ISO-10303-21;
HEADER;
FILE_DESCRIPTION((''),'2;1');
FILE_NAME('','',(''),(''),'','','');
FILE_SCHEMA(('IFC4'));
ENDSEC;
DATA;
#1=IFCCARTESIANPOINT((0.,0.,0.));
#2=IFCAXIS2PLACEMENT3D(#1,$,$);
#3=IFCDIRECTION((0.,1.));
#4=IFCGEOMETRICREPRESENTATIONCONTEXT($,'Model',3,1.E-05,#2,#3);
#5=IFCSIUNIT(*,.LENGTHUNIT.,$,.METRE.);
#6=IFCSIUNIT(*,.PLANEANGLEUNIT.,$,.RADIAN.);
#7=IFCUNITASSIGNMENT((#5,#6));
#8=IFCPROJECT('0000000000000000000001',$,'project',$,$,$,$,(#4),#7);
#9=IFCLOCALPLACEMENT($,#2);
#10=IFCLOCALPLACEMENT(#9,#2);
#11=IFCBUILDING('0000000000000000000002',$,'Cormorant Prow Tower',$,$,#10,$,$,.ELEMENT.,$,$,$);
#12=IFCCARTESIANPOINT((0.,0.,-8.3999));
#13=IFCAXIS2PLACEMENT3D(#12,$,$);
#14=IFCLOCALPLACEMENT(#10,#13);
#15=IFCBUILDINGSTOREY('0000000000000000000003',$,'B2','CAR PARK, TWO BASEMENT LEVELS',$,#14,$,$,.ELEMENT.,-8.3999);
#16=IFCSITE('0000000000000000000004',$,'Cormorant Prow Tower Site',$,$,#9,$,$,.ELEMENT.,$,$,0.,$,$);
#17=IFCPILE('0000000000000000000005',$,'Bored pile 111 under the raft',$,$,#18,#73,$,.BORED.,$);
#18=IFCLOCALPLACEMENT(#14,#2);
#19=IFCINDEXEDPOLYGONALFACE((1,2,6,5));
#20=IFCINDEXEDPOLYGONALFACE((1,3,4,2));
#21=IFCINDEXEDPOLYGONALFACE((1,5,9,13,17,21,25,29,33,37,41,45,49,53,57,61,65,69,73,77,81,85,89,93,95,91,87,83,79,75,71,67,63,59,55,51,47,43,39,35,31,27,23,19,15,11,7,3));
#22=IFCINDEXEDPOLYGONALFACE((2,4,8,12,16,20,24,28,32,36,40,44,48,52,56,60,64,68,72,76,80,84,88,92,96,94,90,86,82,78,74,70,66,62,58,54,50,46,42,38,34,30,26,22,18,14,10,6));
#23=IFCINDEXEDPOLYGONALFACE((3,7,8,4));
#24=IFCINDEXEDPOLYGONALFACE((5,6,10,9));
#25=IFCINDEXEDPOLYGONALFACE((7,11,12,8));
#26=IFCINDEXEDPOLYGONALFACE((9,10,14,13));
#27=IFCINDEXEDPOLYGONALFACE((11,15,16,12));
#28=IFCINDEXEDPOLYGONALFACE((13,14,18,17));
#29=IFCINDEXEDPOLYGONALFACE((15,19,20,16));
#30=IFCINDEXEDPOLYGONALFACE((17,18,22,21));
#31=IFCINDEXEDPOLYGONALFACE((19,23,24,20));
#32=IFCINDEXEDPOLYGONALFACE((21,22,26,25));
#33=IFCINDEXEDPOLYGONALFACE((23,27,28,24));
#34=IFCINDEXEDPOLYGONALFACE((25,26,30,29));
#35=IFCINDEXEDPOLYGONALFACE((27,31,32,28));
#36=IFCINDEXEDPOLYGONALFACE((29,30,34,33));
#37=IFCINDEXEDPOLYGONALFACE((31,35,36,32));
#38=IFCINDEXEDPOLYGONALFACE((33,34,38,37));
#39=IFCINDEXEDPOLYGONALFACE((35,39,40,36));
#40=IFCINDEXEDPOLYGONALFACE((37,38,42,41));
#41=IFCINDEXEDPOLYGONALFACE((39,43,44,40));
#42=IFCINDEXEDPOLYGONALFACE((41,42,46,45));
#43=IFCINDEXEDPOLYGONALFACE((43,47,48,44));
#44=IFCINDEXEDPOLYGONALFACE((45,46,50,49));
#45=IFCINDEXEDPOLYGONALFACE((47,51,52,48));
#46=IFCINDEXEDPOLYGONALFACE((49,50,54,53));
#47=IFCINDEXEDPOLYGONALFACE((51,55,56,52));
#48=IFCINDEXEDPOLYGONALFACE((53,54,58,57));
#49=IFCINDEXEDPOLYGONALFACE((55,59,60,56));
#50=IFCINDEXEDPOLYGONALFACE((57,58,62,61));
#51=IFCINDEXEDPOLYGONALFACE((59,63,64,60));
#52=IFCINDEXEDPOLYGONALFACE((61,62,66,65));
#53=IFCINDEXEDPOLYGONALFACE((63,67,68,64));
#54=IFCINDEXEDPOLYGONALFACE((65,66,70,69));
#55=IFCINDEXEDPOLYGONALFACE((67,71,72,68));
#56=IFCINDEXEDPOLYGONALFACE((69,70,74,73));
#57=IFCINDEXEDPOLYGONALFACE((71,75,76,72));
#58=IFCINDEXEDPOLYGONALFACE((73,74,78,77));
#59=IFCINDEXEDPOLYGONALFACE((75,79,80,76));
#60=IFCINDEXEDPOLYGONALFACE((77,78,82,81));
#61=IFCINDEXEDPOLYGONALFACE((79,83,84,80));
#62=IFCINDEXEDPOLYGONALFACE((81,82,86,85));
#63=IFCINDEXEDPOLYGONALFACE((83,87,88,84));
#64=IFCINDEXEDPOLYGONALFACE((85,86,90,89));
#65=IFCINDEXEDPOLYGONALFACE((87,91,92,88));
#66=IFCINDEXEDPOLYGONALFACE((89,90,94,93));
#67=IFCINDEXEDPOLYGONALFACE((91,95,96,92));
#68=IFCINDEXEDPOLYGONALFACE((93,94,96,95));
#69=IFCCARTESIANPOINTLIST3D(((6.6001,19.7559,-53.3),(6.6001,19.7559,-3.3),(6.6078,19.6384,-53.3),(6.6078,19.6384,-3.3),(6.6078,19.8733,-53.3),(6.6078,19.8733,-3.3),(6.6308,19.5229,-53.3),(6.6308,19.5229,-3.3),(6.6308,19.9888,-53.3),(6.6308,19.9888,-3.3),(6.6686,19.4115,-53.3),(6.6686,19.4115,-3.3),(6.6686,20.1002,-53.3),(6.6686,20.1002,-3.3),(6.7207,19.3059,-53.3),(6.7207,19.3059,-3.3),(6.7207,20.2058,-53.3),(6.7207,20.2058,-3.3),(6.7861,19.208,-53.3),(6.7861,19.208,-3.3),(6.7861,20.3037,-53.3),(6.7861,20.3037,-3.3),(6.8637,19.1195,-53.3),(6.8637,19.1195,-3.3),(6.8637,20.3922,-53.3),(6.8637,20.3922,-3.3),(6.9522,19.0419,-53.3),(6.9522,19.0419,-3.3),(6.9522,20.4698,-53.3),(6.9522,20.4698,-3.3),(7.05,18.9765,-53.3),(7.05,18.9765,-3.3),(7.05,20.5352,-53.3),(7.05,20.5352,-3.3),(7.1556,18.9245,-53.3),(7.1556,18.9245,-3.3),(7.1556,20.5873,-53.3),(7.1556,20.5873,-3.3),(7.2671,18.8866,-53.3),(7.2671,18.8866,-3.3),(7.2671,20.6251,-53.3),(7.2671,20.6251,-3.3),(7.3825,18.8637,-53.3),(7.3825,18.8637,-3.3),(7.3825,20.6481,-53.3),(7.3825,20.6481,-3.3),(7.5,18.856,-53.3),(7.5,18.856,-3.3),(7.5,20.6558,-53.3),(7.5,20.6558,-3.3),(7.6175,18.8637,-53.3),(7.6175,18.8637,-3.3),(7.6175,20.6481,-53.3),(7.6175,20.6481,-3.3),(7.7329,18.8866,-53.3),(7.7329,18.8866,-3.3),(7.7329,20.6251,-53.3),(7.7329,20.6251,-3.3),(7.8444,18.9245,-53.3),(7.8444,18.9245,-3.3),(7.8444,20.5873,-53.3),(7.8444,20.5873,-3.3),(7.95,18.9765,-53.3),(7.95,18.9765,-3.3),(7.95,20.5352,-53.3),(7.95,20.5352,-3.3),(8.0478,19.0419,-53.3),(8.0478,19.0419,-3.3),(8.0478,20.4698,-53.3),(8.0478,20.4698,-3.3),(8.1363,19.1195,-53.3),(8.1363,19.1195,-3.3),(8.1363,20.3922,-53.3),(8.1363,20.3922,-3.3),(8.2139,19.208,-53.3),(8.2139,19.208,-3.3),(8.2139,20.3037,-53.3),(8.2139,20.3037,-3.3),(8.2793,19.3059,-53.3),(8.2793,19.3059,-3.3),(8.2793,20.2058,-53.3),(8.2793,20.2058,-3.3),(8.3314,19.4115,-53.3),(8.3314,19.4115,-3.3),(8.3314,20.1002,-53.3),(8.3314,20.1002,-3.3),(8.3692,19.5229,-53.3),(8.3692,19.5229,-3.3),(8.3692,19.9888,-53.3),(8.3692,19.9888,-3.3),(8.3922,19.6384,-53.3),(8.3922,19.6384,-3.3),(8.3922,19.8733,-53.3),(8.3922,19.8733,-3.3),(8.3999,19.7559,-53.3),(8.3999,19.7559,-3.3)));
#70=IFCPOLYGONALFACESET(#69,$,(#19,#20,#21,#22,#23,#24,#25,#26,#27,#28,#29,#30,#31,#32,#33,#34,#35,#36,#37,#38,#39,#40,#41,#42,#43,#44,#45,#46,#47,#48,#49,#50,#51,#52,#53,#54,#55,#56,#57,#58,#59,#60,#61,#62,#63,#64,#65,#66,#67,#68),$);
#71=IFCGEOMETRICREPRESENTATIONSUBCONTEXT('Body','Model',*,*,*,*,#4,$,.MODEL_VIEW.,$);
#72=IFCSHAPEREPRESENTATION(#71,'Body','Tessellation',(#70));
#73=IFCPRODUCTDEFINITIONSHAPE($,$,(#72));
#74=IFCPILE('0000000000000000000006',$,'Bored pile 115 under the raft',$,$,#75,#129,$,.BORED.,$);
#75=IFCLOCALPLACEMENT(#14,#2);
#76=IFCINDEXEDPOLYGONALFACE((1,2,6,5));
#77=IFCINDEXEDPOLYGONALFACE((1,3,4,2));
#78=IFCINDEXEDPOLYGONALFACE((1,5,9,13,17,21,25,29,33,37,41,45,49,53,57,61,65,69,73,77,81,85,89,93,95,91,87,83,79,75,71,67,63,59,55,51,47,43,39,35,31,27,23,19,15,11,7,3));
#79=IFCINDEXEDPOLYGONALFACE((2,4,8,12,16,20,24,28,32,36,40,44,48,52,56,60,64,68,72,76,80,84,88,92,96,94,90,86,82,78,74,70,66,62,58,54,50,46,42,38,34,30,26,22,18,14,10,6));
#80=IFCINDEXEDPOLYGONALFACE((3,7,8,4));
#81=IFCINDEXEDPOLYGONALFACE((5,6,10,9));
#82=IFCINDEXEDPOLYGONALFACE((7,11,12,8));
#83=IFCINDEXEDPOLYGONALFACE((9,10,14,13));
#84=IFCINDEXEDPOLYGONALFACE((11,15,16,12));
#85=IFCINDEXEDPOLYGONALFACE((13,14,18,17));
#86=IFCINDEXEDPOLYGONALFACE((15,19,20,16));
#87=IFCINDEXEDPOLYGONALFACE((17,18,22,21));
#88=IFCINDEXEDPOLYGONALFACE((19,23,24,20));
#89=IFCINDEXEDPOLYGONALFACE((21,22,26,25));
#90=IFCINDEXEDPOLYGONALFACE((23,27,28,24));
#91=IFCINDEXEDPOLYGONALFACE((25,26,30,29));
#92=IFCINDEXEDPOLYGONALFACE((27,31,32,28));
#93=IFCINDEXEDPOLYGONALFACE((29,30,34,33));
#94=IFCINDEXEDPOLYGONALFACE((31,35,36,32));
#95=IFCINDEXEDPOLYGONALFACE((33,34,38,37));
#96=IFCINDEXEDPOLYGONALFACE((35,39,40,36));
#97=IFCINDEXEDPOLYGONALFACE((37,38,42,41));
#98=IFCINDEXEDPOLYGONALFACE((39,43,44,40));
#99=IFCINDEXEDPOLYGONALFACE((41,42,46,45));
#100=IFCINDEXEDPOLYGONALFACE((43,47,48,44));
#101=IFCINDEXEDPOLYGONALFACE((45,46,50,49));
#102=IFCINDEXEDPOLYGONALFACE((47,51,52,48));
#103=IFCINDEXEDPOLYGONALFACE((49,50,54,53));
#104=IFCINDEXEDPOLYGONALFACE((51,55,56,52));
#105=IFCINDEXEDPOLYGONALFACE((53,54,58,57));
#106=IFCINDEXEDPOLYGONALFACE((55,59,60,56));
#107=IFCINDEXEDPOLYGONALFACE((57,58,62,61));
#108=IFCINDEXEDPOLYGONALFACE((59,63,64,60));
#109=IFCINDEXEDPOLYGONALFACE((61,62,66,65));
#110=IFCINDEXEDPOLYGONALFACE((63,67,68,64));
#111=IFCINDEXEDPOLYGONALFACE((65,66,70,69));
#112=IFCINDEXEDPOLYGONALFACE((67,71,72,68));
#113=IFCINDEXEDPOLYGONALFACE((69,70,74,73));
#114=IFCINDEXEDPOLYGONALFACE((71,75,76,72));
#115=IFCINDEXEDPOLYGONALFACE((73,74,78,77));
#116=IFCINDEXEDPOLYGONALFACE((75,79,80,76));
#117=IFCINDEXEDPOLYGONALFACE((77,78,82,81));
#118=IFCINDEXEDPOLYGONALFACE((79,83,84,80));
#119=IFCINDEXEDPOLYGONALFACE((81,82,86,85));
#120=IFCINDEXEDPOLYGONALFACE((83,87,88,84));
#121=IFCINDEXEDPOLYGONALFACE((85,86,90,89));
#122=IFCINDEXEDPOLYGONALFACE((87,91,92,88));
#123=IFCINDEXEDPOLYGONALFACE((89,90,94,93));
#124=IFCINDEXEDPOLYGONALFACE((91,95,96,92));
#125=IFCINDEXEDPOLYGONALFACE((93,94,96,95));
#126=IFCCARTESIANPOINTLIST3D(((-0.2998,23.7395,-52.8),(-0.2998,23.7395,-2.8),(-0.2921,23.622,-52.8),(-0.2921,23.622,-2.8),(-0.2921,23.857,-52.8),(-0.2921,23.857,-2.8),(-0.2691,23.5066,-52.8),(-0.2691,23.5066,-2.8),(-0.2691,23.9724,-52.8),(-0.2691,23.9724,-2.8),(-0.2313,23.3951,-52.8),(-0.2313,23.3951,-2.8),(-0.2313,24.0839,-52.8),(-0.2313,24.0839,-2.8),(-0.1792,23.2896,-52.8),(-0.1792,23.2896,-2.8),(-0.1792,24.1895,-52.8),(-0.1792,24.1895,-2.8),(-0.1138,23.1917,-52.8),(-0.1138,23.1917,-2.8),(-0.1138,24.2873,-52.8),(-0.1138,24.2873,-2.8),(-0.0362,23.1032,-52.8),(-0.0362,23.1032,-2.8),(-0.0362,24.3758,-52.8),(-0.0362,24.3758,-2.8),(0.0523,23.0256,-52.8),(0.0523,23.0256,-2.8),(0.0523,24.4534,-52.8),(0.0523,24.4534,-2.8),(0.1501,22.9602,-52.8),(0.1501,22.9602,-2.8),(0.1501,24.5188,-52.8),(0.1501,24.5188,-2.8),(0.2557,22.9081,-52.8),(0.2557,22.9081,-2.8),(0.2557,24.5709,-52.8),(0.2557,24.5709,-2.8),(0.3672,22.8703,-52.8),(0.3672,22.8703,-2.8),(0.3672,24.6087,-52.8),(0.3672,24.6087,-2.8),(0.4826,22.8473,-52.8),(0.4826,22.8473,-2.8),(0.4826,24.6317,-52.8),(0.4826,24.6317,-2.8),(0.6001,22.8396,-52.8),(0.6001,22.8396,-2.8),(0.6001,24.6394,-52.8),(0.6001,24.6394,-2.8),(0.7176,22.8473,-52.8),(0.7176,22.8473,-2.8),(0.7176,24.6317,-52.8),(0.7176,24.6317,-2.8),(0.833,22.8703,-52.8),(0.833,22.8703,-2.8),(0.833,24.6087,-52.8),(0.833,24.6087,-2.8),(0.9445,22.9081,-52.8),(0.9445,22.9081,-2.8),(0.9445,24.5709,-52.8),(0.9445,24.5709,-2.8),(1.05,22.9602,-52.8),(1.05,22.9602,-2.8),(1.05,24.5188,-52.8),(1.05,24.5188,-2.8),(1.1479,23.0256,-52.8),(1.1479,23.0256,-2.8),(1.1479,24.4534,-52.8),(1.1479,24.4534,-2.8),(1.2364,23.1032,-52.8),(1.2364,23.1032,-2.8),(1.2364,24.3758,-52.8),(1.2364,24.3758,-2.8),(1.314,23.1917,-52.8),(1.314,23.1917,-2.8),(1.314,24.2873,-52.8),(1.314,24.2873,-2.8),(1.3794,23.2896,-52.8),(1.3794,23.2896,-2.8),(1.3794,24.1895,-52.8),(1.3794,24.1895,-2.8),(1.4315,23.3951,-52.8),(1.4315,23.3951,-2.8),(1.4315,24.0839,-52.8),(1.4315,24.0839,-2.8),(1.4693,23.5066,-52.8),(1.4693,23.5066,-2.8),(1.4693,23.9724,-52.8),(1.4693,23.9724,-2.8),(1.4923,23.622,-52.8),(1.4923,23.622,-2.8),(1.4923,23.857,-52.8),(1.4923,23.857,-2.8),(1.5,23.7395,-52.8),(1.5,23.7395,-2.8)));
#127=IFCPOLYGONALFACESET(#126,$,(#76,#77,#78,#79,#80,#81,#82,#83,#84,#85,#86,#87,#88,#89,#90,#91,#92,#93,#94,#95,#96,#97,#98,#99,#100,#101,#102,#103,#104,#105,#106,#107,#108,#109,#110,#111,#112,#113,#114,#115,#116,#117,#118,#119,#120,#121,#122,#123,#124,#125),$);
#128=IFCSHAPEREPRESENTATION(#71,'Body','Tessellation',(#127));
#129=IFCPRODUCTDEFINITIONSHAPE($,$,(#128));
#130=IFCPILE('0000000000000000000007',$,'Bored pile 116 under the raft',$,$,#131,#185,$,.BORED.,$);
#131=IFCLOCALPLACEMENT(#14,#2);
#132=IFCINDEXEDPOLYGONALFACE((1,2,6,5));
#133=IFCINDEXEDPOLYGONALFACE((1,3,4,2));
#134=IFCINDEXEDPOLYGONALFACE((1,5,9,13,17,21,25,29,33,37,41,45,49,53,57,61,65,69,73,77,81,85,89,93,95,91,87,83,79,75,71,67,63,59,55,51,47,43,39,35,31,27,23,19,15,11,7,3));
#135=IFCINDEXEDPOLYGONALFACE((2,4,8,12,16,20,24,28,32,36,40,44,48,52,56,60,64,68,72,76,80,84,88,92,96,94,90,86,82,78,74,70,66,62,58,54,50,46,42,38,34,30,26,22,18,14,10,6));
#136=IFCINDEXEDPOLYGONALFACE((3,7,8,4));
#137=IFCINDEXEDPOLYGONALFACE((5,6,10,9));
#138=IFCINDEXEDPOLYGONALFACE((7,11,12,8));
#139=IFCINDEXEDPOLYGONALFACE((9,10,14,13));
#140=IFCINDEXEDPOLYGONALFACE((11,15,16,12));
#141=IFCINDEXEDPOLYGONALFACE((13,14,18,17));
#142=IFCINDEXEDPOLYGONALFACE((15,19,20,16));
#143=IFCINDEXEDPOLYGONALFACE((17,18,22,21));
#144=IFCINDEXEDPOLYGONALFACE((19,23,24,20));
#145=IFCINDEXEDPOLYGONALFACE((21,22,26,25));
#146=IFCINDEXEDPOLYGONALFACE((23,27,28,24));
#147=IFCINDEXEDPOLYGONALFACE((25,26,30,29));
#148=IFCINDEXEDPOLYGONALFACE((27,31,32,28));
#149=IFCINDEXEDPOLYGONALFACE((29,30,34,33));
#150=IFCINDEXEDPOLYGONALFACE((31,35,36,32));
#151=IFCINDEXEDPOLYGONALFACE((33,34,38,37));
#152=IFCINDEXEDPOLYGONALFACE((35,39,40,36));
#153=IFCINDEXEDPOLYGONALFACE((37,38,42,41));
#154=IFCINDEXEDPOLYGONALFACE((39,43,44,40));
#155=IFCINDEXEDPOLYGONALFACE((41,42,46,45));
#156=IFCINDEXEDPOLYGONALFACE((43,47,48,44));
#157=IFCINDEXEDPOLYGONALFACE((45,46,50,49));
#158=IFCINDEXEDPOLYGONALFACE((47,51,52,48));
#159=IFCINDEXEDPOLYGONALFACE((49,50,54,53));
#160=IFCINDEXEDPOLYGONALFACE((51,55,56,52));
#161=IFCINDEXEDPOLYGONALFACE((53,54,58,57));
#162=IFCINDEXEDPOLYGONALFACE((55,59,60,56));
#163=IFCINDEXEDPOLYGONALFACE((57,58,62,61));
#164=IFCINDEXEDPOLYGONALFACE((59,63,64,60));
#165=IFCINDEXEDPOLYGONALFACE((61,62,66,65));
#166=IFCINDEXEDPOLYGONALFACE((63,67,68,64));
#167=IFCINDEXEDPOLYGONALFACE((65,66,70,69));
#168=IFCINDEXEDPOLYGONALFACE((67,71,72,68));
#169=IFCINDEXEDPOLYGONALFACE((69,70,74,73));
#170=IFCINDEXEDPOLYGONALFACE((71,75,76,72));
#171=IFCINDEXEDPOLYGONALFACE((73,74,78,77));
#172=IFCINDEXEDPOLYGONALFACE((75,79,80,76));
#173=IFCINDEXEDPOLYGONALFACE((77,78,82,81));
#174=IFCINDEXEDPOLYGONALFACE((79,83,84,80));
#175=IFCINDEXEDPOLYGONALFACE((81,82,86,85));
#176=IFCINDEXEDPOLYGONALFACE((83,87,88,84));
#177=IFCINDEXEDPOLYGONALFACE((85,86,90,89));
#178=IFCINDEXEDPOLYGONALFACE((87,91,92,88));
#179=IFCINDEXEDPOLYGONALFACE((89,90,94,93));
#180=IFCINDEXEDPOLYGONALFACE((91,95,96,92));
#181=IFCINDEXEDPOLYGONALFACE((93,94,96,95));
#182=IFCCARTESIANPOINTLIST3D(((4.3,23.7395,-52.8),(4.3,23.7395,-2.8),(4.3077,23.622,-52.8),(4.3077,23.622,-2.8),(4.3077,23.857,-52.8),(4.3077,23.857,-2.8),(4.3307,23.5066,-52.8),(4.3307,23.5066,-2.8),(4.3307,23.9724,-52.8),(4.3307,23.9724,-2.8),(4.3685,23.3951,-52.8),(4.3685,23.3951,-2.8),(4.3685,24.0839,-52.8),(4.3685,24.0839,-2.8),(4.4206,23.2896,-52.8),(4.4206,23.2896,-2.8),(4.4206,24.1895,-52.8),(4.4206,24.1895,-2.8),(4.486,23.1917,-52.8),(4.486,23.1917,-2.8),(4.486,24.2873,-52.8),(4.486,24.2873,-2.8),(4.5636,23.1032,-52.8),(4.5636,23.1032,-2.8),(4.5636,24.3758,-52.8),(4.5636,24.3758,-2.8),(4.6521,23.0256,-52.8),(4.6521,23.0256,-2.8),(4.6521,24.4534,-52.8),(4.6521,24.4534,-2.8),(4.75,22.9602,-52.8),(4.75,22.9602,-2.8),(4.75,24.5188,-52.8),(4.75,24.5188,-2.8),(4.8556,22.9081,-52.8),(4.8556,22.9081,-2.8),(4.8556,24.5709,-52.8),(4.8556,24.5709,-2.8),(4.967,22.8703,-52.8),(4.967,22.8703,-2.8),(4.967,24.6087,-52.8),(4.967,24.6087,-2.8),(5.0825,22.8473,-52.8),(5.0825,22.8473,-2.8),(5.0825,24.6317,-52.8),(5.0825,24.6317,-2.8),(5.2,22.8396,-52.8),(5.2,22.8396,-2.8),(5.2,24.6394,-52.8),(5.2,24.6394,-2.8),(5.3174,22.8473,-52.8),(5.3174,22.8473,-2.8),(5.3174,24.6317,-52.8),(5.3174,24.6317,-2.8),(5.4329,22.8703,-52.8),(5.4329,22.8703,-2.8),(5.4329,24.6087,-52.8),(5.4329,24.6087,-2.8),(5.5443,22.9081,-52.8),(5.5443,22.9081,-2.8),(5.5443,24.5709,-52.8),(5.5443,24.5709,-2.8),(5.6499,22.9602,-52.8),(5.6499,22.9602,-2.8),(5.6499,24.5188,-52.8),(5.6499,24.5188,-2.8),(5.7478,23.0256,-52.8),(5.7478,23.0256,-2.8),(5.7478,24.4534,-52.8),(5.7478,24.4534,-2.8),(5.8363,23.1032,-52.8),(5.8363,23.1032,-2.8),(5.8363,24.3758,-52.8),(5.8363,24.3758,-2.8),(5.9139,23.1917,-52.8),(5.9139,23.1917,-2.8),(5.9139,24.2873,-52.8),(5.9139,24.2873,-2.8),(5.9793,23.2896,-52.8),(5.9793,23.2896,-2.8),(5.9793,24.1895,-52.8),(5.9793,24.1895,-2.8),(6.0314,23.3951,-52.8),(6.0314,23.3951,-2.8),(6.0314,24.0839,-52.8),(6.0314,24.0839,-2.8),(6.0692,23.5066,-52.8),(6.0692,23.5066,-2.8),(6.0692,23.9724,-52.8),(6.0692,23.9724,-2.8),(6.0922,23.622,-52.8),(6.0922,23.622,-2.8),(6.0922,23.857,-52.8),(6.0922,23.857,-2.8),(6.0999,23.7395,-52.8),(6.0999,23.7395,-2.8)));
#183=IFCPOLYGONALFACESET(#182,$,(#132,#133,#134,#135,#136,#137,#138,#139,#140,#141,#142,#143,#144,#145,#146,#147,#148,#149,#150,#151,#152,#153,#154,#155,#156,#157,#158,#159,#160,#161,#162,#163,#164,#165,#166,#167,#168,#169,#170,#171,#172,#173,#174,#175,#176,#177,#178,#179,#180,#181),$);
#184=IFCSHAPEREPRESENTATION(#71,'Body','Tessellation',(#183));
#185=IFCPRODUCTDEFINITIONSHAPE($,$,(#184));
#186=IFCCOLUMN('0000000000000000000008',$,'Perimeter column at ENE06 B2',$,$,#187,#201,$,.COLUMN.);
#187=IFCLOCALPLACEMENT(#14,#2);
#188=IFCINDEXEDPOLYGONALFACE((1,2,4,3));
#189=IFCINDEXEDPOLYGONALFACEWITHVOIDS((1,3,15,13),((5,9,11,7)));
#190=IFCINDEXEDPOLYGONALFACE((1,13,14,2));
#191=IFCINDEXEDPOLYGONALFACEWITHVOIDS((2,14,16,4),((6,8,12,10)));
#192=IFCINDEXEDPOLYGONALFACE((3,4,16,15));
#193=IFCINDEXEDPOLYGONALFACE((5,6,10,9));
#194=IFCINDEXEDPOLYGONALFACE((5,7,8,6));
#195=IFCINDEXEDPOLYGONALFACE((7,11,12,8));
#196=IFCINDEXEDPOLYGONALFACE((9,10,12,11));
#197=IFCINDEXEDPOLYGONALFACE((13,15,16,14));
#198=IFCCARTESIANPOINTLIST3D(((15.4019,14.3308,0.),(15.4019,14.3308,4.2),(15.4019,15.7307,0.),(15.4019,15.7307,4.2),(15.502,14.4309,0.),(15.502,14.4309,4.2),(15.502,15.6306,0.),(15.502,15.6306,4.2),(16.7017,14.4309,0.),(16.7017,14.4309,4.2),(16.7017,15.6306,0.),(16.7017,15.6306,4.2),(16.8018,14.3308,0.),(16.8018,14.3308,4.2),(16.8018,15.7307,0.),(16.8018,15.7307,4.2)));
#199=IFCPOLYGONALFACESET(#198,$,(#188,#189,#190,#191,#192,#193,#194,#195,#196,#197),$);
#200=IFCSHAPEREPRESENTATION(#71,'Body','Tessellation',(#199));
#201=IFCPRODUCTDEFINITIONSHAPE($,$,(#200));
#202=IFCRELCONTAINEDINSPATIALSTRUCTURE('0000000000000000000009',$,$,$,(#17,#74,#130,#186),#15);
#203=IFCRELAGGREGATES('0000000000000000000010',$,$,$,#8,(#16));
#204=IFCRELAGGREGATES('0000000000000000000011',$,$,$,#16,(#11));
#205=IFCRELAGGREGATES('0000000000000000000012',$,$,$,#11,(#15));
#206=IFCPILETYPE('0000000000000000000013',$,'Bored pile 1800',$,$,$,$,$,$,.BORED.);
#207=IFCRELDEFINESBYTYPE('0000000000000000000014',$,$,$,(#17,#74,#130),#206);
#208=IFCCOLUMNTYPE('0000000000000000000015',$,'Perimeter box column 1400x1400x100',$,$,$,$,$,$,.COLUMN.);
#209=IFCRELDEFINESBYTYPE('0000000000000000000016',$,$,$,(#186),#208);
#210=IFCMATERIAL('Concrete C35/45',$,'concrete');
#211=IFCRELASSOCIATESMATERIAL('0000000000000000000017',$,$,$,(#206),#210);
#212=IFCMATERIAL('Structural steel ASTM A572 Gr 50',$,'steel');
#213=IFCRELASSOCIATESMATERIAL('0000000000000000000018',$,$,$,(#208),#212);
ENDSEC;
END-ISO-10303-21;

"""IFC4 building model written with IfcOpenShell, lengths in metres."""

from ifc_helpers import new_model, si_unit, direction, frame, origin, origin_2d, place, context, subcontext, project, spatial, hollow_rectangle, circle, extrude, material, material_profile, profile_set, type_object, element, save


model = new_model("IFC4")

# Units and contexts
model_context = context("Model", 3, precision=1e-05, world=origin(), true_north=direction((0.0, 1.0)))
body_context = subcontext(model_context, "Body", "Model", "MODEL_VIEW")
ifc_project = project(units=[si_unit("LENGTHUNIT", "METRE"), si_unit("PLANEANGLEUNIT", "RADIAN")], contexts=[model_context])

# Site, building, storey
site_placement = place(None, origin())
site = spatial("IfcSite", under=ifc_project, at=site_placement, Name="Cormorant Prow Tower Site", CompositionType="ELEMENT", RefElevation=0.0)
building_placement = place(site_placement, origin())
building = spatial("IfcBuilding", under=site, at=building_placement, Name="Cormorant Prow Tower", CompositionType="ELEMENT")
storey_placement = place(building_placement, frame((0.0, 0.0, -8.3999)))
storey = spatial("IfcBuildingStorey", under=building, at=storey_placement, Name="B2", Description="CAR PARK, TWO BASEMENT LEVELS", CompositionType="ELEMENT", Elevation=-8.3999)

# Piles
ifc_material_1 = material(Name="Concrete C35/45", Category="concrete")
ifc_material_profile_1 = material_profile(ifc_material_1, circle(Radius=0.8999, at=origin_2d()), Name="Round 1800")
ifc_profile_set_1 = profile_set([ifc_material_profile_1], Name="Concrete C35/45")
pile_type_1 = type_object("IfcPileType", Name="Bored pile 1800", PredefinedType="BORED", material=ifc_profile_set_1)
for number, where, z_axis, x_axis, name in (
    (1, (7.5, 19.7559, -3.3), (0.0, 0.0, -1.0), (1.0, 0.0, 0.0), "Bored pile 111 under the raft"),
    (2, (0.6001, 23.7395, -2.8), (0.0, 0.0, -1.0), (1.0, 0.0, 0.0), "Bored pile 115 under the raft"),
    (3, (5.2, 23.7395, -2.8), (0.0, 0.0, -1.0), (1.0, 0.0, 0.0), "Bored pile 116 under the raft"),
):
    element("IfcPile", number, at=place(storey_placement, frame(where, z_axis=z_axis, x_axis=x_axis)), inside=storey, type_object=pile_type_1, Name=name, PredefinedType="BORED", context=body_context, shape_type="SweptSolid", body=[
        extrude(circle(Radius=0.8999, at=origin_2d()), origin(), (0.0, 0.0, 1.0), 50.0),
    ])

# Column
ifc_material_2 = material(Name="Structural steel ASTM A572 Gr 50", Category="steel")
ifc_material_profile_2 = material_profile(ifc_material_2, hollow_rectangle(XDim=1.3999, YDim=1.3999, WallThickness=0.1001, at=origin_2d()), Name="Box 1400x1400x100")
ifc_profile_set_2 = profile_set([ifc_material_profile_2], Name="Structural steel ASTM A572 Gr 50")
column_type_1 = type_object("IfcColumnType", Name="Perimeter box column 1400x1400x100", PredefinedType="COLUMN", material=ifc_profile_set_2)
for number, where, z_axis, x_axis, name in (
    (4, (16.1018, 15.0308, 0.0), (0.0, 0.0, 1.0), (1.0, 0.0, 0.0), "Perimeter column at ENE06 B2"),
):
    element("IfcColumn", number, at=place(storey_placement, frame(where, z_axis=z_axis, x_axis=x_axis)), inside=storey, type_object=column_type_1, Name=name, PredefinedType="COLUMN", context=body_context, shape_type="SweptSolid", body=[
        extrude(hollow_rectangle(XDim=1.3999, YDim=1.3999, WallThickness=0.1001, at=origin_2d()), origin(), (0.0, 0.0, 1.0), 4.2),
    ])

save(model, "model.ifc")
